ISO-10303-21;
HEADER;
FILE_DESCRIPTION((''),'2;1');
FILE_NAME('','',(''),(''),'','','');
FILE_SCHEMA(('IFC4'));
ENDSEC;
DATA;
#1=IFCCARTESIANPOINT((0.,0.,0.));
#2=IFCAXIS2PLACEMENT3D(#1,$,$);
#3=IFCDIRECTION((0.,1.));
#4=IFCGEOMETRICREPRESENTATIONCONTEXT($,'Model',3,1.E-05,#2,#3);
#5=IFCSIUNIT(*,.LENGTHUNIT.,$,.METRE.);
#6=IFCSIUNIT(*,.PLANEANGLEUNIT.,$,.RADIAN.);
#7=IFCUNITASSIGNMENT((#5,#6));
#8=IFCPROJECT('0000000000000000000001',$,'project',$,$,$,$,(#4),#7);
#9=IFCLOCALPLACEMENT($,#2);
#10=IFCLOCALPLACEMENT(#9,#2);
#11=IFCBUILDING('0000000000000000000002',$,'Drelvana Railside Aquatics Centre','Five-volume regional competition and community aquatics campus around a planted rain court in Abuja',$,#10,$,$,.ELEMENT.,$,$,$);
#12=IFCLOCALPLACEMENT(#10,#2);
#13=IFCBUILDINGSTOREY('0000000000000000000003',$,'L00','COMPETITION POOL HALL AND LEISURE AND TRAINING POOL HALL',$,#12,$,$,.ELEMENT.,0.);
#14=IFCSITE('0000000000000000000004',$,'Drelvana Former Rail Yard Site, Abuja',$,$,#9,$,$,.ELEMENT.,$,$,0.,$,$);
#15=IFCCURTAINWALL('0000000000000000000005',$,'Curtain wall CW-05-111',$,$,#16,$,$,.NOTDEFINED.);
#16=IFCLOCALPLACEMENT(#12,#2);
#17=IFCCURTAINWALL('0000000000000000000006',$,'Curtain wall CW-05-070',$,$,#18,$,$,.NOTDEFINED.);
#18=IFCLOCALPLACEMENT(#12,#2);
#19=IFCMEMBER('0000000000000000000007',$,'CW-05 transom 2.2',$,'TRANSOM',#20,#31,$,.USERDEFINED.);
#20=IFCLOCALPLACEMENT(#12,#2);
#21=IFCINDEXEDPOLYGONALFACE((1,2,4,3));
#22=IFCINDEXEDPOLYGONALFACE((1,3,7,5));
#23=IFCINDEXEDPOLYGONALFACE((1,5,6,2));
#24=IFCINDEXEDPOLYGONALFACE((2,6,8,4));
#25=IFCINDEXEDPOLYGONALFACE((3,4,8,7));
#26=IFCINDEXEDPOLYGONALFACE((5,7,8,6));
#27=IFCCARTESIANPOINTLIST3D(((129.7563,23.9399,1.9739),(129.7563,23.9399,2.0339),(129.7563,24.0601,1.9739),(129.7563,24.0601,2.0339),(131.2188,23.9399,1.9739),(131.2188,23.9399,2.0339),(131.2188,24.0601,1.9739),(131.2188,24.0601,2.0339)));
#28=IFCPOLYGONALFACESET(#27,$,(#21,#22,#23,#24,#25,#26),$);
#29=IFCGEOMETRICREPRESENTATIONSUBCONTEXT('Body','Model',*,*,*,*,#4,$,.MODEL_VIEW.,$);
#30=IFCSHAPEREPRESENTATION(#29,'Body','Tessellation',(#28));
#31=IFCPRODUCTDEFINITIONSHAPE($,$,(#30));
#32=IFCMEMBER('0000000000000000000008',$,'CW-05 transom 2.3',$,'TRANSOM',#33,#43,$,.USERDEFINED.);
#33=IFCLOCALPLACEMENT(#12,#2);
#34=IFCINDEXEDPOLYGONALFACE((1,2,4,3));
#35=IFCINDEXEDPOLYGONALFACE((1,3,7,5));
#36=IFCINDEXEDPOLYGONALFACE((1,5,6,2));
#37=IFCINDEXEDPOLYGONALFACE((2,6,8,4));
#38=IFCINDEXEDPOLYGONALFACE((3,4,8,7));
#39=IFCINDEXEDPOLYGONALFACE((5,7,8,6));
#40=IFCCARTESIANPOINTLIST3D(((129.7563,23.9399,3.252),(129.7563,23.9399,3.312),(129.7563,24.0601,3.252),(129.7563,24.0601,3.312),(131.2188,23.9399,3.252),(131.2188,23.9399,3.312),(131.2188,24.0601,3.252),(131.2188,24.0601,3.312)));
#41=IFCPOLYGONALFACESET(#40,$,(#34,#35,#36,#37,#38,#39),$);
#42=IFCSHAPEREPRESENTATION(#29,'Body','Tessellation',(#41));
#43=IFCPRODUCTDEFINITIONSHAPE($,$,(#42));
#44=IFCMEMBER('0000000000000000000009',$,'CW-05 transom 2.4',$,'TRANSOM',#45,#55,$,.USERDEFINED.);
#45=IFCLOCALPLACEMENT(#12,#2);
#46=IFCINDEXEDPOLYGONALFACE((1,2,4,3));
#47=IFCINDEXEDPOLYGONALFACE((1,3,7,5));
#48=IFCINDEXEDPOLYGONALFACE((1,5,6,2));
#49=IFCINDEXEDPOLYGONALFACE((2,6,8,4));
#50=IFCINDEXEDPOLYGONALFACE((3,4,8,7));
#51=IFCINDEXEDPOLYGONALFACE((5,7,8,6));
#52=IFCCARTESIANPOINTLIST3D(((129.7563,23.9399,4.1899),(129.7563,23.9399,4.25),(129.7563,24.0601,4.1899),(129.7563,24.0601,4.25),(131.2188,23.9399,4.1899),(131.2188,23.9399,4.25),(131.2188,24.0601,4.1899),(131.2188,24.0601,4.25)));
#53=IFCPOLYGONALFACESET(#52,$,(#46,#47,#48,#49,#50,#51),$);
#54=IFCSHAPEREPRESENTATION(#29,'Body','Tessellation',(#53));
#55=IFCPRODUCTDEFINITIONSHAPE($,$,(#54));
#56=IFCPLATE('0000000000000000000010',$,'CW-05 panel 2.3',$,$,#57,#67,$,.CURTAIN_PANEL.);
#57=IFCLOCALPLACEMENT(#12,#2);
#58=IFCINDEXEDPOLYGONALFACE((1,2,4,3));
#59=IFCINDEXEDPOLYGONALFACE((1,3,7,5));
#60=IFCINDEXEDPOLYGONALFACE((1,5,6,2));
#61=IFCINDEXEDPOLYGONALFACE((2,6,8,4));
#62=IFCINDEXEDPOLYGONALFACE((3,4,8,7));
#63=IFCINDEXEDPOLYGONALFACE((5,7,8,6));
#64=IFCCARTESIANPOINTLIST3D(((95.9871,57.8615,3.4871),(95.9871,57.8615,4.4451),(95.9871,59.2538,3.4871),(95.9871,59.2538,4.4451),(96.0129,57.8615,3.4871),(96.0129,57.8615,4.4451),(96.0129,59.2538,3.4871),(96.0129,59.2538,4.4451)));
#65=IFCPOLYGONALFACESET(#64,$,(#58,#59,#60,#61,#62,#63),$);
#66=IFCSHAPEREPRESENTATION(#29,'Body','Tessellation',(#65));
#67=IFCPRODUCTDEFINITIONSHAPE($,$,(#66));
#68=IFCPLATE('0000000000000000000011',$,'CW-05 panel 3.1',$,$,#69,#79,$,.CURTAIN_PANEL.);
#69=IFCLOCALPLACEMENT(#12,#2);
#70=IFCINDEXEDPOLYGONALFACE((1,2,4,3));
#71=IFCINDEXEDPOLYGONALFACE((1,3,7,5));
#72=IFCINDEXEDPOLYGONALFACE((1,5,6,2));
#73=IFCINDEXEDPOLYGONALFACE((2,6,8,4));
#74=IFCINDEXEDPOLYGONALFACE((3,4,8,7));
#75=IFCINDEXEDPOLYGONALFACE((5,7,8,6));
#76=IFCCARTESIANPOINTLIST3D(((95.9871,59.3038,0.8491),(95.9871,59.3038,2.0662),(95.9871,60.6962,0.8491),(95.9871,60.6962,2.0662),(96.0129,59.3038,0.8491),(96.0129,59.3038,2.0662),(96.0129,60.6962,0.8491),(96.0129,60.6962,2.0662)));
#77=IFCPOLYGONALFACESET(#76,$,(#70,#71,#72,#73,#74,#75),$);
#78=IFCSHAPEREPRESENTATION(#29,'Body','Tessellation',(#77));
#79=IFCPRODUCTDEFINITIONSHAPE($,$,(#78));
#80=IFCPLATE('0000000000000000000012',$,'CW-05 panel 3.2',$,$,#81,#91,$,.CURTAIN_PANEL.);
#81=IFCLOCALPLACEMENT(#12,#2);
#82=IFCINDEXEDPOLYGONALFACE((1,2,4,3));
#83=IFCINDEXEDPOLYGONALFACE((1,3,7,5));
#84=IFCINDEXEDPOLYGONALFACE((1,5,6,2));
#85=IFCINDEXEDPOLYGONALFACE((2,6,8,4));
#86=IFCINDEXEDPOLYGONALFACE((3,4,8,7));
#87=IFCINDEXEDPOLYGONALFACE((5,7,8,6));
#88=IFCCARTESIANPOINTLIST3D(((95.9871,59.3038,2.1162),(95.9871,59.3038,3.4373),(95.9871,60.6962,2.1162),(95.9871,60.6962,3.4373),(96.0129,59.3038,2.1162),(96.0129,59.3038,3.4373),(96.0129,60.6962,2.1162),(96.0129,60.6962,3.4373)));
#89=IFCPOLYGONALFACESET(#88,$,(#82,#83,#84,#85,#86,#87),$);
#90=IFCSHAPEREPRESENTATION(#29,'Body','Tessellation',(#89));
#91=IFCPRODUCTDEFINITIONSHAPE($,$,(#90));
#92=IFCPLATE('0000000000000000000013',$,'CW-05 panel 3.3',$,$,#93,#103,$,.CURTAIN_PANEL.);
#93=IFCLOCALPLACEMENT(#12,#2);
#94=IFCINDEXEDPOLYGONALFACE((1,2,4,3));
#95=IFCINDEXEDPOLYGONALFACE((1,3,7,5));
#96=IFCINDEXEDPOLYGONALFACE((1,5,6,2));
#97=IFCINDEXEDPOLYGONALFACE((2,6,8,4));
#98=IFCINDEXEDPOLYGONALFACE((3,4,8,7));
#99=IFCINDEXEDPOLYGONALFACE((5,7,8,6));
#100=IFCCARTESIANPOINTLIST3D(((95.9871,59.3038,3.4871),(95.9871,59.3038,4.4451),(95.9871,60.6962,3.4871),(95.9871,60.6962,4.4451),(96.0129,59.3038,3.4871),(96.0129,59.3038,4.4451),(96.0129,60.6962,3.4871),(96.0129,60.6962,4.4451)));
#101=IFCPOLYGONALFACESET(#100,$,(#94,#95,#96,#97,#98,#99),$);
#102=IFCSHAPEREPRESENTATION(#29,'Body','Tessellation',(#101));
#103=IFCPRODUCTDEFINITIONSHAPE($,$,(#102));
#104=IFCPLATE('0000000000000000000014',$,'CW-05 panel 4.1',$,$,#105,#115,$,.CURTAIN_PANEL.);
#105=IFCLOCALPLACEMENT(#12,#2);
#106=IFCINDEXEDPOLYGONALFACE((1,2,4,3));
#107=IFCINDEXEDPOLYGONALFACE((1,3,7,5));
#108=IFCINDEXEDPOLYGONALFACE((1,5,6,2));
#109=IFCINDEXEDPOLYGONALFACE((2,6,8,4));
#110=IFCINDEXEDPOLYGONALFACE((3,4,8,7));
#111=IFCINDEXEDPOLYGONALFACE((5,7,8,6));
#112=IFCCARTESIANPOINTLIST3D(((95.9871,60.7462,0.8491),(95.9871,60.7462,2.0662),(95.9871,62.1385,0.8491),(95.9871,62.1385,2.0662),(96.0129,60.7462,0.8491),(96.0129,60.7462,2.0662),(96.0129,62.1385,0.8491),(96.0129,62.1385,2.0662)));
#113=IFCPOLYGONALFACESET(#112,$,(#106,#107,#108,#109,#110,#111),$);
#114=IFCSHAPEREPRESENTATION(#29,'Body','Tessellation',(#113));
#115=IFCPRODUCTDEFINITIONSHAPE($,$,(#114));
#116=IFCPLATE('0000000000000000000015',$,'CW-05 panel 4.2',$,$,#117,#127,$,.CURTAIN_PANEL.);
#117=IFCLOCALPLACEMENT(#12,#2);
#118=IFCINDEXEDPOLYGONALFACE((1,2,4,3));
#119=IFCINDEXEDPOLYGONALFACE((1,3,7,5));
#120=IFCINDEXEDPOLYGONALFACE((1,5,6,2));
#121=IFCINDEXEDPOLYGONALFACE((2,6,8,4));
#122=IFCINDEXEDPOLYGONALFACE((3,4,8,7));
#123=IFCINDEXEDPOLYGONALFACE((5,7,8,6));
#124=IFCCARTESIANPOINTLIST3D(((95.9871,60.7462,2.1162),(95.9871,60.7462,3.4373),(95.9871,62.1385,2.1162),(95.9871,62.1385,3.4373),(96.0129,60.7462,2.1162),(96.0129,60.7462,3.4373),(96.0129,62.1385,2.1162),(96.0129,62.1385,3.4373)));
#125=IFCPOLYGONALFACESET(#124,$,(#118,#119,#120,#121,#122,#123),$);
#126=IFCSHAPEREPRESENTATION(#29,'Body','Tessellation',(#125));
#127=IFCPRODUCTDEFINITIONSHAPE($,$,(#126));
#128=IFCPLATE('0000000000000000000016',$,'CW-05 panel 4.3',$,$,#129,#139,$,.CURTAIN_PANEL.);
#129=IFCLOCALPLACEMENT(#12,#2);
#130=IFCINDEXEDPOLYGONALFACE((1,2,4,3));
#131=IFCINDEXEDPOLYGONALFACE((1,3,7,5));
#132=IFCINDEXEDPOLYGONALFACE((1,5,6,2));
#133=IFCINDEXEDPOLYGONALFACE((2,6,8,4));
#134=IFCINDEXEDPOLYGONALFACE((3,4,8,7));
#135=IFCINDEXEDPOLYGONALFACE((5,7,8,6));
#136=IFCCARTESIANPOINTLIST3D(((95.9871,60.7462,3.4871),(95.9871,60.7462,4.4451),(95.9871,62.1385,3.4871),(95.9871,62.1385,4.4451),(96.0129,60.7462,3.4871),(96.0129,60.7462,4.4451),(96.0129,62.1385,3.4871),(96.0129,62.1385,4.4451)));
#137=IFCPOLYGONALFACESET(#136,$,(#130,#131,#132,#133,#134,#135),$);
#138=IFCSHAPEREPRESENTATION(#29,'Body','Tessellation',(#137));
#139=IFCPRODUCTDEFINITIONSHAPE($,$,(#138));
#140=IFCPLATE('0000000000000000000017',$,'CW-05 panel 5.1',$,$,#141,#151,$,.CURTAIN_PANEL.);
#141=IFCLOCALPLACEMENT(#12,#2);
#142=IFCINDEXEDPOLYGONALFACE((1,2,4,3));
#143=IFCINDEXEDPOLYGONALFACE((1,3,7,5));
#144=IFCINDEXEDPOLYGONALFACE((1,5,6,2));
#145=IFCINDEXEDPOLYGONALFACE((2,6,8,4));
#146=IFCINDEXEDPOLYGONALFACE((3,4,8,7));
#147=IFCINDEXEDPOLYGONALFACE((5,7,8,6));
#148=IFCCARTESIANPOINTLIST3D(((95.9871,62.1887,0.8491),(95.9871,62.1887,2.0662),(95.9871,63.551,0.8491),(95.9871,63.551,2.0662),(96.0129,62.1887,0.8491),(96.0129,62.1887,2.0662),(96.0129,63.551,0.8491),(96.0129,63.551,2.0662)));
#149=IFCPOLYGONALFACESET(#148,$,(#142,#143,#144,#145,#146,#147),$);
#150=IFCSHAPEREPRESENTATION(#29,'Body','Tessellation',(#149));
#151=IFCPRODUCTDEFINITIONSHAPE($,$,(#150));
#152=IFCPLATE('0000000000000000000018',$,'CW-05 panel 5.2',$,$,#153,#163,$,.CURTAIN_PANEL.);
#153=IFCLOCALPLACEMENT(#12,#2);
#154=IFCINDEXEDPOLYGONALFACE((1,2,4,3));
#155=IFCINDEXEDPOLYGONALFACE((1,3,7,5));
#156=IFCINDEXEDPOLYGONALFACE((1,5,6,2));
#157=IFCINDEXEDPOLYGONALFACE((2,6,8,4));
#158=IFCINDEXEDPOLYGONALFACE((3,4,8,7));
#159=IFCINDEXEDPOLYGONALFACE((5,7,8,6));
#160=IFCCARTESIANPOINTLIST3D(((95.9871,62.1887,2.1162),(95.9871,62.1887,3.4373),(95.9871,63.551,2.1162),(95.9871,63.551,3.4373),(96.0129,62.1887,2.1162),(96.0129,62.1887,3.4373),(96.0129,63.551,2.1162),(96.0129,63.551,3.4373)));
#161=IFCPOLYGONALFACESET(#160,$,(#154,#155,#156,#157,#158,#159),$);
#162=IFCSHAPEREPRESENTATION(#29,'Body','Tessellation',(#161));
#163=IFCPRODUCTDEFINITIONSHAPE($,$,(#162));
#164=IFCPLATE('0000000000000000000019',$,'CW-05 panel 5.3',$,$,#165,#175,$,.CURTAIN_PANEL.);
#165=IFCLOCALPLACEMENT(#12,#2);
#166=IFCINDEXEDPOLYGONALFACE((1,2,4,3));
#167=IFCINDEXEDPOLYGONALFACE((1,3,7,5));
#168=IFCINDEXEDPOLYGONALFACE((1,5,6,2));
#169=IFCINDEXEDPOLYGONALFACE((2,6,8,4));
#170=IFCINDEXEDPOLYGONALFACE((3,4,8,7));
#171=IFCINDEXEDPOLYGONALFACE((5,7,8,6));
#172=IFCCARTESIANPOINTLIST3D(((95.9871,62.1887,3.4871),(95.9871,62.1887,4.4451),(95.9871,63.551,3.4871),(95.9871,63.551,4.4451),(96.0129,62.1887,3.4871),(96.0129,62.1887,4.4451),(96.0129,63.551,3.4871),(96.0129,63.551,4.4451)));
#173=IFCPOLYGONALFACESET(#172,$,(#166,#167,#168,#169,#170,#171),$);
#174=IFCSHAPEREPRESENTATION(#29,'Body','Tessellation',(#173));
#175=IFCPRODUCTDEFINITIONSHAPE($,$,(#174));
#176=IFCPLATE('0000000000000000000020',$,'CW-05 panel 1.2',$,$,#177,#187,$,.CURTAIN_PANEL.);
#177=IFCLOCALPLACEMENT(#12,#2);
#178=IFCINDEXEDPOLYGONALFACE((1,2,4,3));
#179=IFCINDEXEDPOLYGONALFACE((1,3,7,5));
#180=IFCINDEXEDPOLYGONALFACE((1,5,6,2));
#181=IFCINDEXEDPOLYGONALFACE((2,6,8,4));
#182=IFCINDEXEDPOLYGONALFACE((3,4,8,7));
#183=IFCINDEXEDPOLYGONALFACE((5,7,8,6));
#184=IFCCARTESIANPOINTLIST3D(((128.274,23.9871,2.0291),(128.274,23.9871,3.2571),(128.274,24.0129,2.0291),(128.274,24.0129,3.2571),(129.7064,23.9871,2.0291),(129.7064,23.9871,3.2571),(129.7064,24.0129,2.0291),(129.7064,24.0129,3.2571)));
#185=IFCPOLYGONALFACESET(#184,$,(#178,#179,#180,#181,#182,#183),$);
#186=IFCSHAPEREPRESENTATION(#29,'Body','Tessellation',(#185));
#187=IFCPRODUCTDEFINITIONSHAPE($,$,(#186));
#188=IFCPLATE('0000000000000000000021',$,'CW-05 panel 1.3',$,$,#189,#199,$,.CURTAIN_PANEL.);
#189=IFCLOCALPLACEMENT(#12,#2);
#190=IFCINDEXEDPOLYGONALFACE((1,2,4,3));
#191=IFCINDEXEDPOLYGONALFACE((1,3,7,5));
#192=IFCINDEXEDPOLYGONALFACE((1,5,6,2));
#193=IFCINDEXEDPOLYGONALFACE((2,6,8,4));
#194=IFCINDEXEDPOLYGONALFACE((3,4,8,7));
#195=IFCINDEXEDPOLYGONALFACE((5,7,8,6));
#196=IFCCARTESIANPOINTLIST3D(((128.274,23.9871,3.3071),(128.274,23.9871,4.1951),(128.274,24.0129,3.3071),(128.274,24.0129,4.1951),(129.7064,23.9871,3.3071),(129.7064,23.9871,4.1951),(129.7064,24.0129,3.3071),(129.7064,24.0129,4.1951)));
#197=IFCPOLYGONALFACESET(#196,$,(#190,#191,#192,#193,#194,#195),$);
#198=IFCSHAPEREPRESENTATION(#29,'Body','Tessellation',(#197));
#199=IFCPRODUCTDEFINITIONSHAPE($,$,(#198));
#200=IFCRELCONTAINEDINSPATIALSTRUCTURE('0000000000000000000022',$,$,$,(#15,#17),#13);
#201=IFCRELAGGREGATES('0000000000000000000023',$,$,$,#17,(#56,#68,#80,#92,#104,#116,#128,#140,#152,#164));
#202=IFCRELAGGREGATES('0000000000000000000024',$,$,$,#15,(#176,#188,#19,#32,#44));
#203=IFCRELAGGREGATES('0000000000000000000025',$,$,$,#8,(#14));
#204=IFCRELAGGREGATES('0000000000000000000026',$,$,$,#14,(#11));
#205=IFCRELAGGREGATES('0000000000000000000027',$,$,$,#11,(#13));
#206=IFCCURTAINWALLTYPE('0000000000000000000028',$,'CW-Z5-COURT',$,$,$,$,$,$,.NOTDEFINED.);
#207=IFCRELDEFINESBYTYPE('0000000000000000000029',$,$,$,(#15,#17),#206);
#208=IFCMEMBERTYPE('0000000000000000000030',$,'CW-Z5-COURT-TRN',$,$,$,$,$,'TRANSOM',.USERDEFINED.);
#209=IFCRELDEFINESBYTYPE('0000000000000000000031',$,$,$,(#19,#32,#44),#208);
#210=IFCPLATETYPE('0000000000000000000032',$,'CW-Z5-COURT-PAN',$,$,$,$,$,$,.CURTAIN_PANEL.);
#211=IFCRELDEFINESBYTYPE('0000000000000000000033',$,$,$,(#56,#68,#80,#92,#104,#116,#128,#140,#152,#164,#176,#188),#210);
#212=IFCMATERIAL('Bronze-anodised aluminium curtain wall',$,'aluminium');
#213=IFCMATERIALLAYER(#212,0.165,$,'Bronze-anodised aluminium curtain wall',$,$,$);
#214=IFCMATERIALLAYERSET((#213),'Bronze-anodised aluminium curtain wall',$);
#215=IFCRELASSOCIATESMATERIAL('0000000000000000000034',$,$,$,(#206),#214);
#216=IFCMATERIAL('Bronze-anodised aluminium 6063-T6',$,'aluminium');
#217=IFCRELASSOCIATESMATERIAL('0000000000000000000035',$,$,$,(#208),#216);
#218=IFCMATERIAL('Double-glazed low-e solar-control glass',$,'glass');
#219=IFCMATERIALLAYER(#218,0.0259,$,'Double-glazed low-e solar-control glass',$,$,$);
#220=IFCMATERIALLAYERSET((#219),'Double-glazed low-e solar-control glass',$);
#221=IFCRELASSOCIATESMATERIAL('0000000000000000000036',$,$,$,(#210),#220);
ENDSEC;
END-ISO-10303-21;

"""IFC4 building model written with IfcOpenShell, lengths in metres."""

from ifc_helpers import new_model, si_unit, direction, frame, origin, origin_2d, place, context, subcontext, project, spatial, rectangle, extrude, material, layer, layer_set, material_profile, profile_set, type_object, element, aggregate, save


model = new_model("IFC4")

# Units and contexts
model_context = context("Model", 3, precision=1e-05, world=origin(), true_north=direction((0.0, 1.0)))
body_context = subcontext(model_context, "Body", "Model", "MODEL_VIEW")
ifc_project = project(units=[si_unit("LENGTHUNIT", "METRE"), si_unit("PLANEANGLEUNIT", "RADIAN")], contexts=[model_context])

# Site, building, storey
site_placement = place(None, origin())
site = spatial("IfcSite", under=ifc_project, at=site_placement, Name="Drelvana Former Rail Yard Site, Abuja", CompositionType="ELEMENT", RefElevation=0.0)
building_placement = place(site_placement, origin())
building = spatial("IfcBuilding", under=site, at=building_placement, Name="Drelvana Railside Aquatics Centre", Description="Five-volume regional competition and community aquatics campus around a planted rain court in Abuja", CompositionType="ELEMENT")
storey_placement = place(building_placement, origin())
storey = spatial("IfcBuildingStorey", under=building, at=storey_placement, Name="L00", Description="COMPETITION POOL HALL AND LEISURE AND TRAINING POOL HALL", CompositionType="ELEMENT", Elevation=0.0)

# Curtain wall
ifc_material_1 = material(Name="Bronze-anodised aluminium curtain wall", Category="aluminium")
ifc_layer_1 = layer(ifc_material_1, 0.165, Name="Bronze-anodised aluminium curtain wall")
ifc_layer_set_1 = layer_set([ifc_layer_1], Name="Bronze-anodised aluminium curtain wall")
curtain_wall_type = type_object("IfcCurtainWallType", Name="CW-Z5-COURT", PredefinedType="NOTDEFINED", material=ifc_layer_set_1)
ifc_material_2 = material(Name="Bronze-anodised aluminium 6063-T6", Category="aluminium")
curtain_wall_1_placement = place(storey_placement, origin())
curtain_wall_1 = element("IfcCurtainWall", 1, at=curtain_wall_1_placement, inside=storey, type_object=curtain_wall_type, Name="Curtain wall CW-05-111", PredefinedType="NOTDEFINED")

# Curtain wall
curtain_wall_2_placement = place(storey_placement, origin())
curtain_wall_2 = element("IfcCurtainWall", 2, at=curtain_wall_2_placement, inside=storey, type_object=curtain_wall_type, Name="Curtain wall CW-05-070", PredefinedType="NOTDEFINED")
ifc_material_profile_1 = material_profile(ifc_material_2, rectangle(XDim=0.1201, YDim=0.0601, at=origin_2d()), Name="ALU-T 60x120")
ifc_profile_set_1 = profile_set([ifc_material_profile_1], Name="Bronze-anodised aluminium 6063-T6")
member_type_1 = type_object("IfcMemberType", Name="CW-Z5-COURT-TRN", ElementType="TRANSOM", PredefinedType="USERDEFINED", material=ifc_profile_set_1)

# Members
member_1_placement = place(storey_placement, frame((129.7563, 24.0, 2.0039), z_axis=(1.0, 0.0, 0.0), x_axis=(0.0, 1.0, 0.0)))
member_1 = element("IfcMember", 3, at=member_1_placement, type_object=member_type_1, Name="CW-05 transom 2.2", ObjectType="TRANSOM", PredefinedType="USERDEFINED", context=body_context, shape_type="SweptSolid", body=[
    extrude(rectangle(XDim=0.1201, YDim=0.0601, at=origin_2d()), origin(), (0.0, 0.0, 1.0), 1.4624),
])
member_2_placement = place(storey_placement, frame((129.7563, 24.0, 3.282), z_axis=(1.0, 0.0, 0.0), x_axis=(0.0, 1.0, 0.0)))
member_2 = element("IfcMember", 4, at=member_2_placement, type_object=member_type_1, Name="CW-05 transom 2.3", ObjectType="TRANSOM", PredefinedType="USERDEFINED", context=body_context, shape_type="SweptSolid", body=[
    extrude(rectangle(XDim=0.1201, YDim=0.0601, at=origin_2d()), origin(), (0.0, 0.0, 1.0), 1.4624),
])
member_3_placement = place(storey_placement, frame((129.7563, 24.0, 4.22), z_axis=(1.0, 0.0, 0.0), x_axis=(0.0, 1.0, 0.0)))
member_3 = element("IfcMember", 5, at=member_3_placement, type_object=member_type_1, Name="CW-05 transom 2.4", ObjectType="TRANSOM", PredefinedType="USERDEFINED", context=body_context, shape_type="SweptSolid", body=[
    extrude(rectangle(XDim=0.1201, YDim=0.0601, at=origin_2d()), origin(), (0.0, 0.0, 1.0), 1.4624),
])

# Plates
ifc_material_3 = material(Name="Double-glazed low-e solar-control glass", Category="glass")
ifc_layer_2 = layer(ifc_material_3, 0.0259, Name="Double-glazed low-e solar-control glass")
ifc_layer_set_2 = layer_set([ifc_layer_2], Name="Double-glazed low-e solar-control glass")
plate_type = type_object("IfcPlateType", Name="CW-Z5-COURT-PAN", PredefinedType="CURTAIN_PANEL", material=ifc_layer_set_2)
plate_1_placement = place(storey_placement, frame((96.0, 58.5576, 3.4871), z_axis=(0.0, 0.0, 1.0), x_axis=(0.0, 1.0, 0.0)))
plate_1 = element("IfcPlate", 6, at=plate_1_placement, type_object=plate_type, Name="CW-05 panel 2.3", PredefinedType="CURTAIN_PANEL", context=body_context, shape_type="SweptSolid", body=[
    extrude(rectangle(XDim=1.3923, YDim=0.0259, at=origin_2d()), origin(), (0.0, 0.0, 1.0), 0.958),
])
plate_2_placement = place(storey_placement, frame((96.0, 60.0, 0.8491), z_axis=(0.0, 0.0, 1.0), x_axis=(0.0, 1.0, 0.0)))
plate_2 = element("IfcPlate", 7, at=plate_2_placement, type_object=plate_type, Name="CW-05 panel 3.1", PredefinedType="CURTAIN_PANEL", context=body_context, shape_type="SweptSolid", body=[
    extrude(rectangle(XDim=1.3923, YDim=0.0259, at=origin_2d()), origin(), (0.0, 0.0, 1.0), 1.217),
])
plate_3_placement = place(storey_placement, frame((96.0, 60.0, 2.1162), z_axis=(0.0, 0.0, 1.0), x_axis=(0.0, 1.0, 0.0)))
plate_3 = element("IfcPlate", 8, at=plate_3_placement, type_object=plate_type, Name="CW-05 panel 3.2", PredefinedType="CURTAIN_PANEL", context=body_context, shape_type="SweptSolid", body=[
    extrude(rectangle(XDim=1.3923, YDim=0.0259, at=origin_2d()), origin(), (0.0, 0.0, 1.0), 1.321),
])
plate_4_placement = place(storey_placement, frame((96.0, 60.0, 3.4871), z_axis=(0.0, 0.0, 1.0), x_axis=(0.0, 1.0, 0.0)))
plate_4 = element("IfcPlate", 9, at=plate_4_placement, type_object=plate_type, Name="CW-05 panel 3.3", PredefinedType="CURTAIN_PANEL", context=body_context, shape_type="SweptSolid", body=[
    extrude(rectangle(XDim=1.3923, YDim=0.0259, at=origin_2d()), origin(), (0.0, 0.0, 1.0), 0.958),
])
plate_5_placement = place(storey_placement, frame((96.0, 61.4424, 0.8491), z_axis=(0.0, 0.0, 1.0), x_axis=(0.0, 1.0, 0.0)))
plate_5 = element("IfcPlate", 10, at=plate_5_placement, type_object=plate_type, Name="CW-05 panel 4.1", PredefinedType="CURTAIN_PANEL", context=body_context, shape_type="SweptSolid", body=[
    extrude(rectangle(XDim=1.3923, YDim=0.0259, at=origin_2d()), origin(), (0.0, 0.0, 1.0), 1.217),
])
plate_6_placement = place(storey_placement, frame((96.0, 61.4424, 2.1162), z_axis=(0.0, 0.0, 1.0), x_axis=(0.0, 1.0, 0.0)))
plate_6 = element("IfcPlate", 11, at=plate_6_placement, type_object=plate_type, Name="CW-05 panel 4.2", PredefinedType="CURTAIN_PANEL", context=body_context, shape_type="SweptSolid", body=[
    extrude(rectangle(XDim=1.3923, YDim=0.0259, at=origin_2d()), origin(), (0.0, 0.0, 1.0), 1.321),
])
plate_7_placement = place(storey_placement, frame((96.0, 61.4424, 3.4871), z_axis=(0.0, 0.0, 1.0), x_axis=(0.0, 1.0, 0.0)))
plate_7 = element("IfcPlate", 12, at=plate_7_placement, type_object=plate_type, Name="CW-05 panel 4.3", PredefinedType="CURTAIN_PANEL", context=body_context, shape_type="SweptSolid", body=[
    extrude(rectangle(XDim=1.3923, YDim=0.0259, at=origin_2d()), origin(), (0.0, 0.0, 1.0), 0.958),
])
plate_8_placement = place(storey_placement, frame((96.0, 62.8699, 0.8491), z_axis=(0.0, 0.0, 1.0), x_axis=(0.0, 1.0, 0.0)))
plate_8 = element("IfcPlate", 13, at=plate_8_placement, type_object=plate_type, Name="CW-05 panel 5.1", PredefinedType="CURTAIN_PANEL", context=body_context, shape_type="SweptSolid", body=[
    extrude(rectangle(XDim=1.3623, YDim=0.0259, at=origin_2d()), origin(), (0.0, 0.0, 1.0), 1.217),
])
plate_9_placement = place(storey_placement, frame((96.0, 62.8699, 2.1162), z_axis=(0.0, 0.0, 1.0), x_axis=(0.0, 1.0, 0.0)))
plate_9 = element("IfcPlate", 14, at=plate_9_placement, type_object=plate_type, Name="CW-05 panel 5.2", PredefinedType="CURTAIN_PANEL", context=body_context, shape_type="SweptSolid", body=[
    extrude(rectangle(XDim=1.3623, YDim=0.0259, at=origin_2d()), origin(), (0.0, 0.0, 1.0), 1.321),
])
plate_10_placement = place(storey_placement, frame((96.0, 62.8699, 3.4871), z_axis=(0.0, 0.0, 1.0), x_axis=(0.0, 1.0, 0.0)))
plate_10 = element("IfcPlate", 15, at=plate_10_placement, type_object=plate_type, Name="CW-05 panel 5.3", PredefinedType="CURTAIN_PANEL", context=body_context, shape_type="SweptSolid", body=[
    extrude(rectangle(XDim=1.3623, YDim=0.0259, at=origin_2d()), origin(), (0.0, 0.0, 1.0), 0.958),
])
aggregate(curtain_wall_2, [plate_1, plate_2, plate_3, plate_4, plate_5, plate_6, plate_7, plate_8, plate_9, plate_10])
plate_11_placement = place(storey_placement, frame((128.9902, 24.0, 2.0291), z_axis=(0.0, 0.0, 1.0), x_axis=(1.0, 0.0, 0.0)))
plate_11 = element("IfcPlate", 16, at=plate_11_placement, type_object=plate_type, Name="CW-05 panel 1.2", PredefinedType="CURTAIN_PANEL", context=body_context, shape_type="SweptSolid", body=[
    extrude(rectangle(XDim=1.4324, YDim=0.0259, at=origin_2d()), origin(), (0.0, 0.0, 1.0), 1.228),
])
plate_12_placement = place(storey_placement, frame((128.9902, 24.0, 3.3071), z_axis=(0.0, 0.0, 1.0), x_axis=(1.0, 0.0, 0.0)))
plate_12 = element("IfcPlate", 17, at=plate_12_placement, type_object=plate_type, Name="CW-05 panel 1.3", PredefinedType="CURTAIN_PANEL", context=body_context, shape_type="SweptSolid", body=[
    extrude(rectangle(XDim=1.4324, YDim=0.0259, at=origin_2d()), origin(), (0.0, 0.0, 1.0), 0.8879),
])
aggregate(curtain_wall_1, [plate_11, plate_12, member_1, member_2, member_3])

save(model, "model.ifc")
